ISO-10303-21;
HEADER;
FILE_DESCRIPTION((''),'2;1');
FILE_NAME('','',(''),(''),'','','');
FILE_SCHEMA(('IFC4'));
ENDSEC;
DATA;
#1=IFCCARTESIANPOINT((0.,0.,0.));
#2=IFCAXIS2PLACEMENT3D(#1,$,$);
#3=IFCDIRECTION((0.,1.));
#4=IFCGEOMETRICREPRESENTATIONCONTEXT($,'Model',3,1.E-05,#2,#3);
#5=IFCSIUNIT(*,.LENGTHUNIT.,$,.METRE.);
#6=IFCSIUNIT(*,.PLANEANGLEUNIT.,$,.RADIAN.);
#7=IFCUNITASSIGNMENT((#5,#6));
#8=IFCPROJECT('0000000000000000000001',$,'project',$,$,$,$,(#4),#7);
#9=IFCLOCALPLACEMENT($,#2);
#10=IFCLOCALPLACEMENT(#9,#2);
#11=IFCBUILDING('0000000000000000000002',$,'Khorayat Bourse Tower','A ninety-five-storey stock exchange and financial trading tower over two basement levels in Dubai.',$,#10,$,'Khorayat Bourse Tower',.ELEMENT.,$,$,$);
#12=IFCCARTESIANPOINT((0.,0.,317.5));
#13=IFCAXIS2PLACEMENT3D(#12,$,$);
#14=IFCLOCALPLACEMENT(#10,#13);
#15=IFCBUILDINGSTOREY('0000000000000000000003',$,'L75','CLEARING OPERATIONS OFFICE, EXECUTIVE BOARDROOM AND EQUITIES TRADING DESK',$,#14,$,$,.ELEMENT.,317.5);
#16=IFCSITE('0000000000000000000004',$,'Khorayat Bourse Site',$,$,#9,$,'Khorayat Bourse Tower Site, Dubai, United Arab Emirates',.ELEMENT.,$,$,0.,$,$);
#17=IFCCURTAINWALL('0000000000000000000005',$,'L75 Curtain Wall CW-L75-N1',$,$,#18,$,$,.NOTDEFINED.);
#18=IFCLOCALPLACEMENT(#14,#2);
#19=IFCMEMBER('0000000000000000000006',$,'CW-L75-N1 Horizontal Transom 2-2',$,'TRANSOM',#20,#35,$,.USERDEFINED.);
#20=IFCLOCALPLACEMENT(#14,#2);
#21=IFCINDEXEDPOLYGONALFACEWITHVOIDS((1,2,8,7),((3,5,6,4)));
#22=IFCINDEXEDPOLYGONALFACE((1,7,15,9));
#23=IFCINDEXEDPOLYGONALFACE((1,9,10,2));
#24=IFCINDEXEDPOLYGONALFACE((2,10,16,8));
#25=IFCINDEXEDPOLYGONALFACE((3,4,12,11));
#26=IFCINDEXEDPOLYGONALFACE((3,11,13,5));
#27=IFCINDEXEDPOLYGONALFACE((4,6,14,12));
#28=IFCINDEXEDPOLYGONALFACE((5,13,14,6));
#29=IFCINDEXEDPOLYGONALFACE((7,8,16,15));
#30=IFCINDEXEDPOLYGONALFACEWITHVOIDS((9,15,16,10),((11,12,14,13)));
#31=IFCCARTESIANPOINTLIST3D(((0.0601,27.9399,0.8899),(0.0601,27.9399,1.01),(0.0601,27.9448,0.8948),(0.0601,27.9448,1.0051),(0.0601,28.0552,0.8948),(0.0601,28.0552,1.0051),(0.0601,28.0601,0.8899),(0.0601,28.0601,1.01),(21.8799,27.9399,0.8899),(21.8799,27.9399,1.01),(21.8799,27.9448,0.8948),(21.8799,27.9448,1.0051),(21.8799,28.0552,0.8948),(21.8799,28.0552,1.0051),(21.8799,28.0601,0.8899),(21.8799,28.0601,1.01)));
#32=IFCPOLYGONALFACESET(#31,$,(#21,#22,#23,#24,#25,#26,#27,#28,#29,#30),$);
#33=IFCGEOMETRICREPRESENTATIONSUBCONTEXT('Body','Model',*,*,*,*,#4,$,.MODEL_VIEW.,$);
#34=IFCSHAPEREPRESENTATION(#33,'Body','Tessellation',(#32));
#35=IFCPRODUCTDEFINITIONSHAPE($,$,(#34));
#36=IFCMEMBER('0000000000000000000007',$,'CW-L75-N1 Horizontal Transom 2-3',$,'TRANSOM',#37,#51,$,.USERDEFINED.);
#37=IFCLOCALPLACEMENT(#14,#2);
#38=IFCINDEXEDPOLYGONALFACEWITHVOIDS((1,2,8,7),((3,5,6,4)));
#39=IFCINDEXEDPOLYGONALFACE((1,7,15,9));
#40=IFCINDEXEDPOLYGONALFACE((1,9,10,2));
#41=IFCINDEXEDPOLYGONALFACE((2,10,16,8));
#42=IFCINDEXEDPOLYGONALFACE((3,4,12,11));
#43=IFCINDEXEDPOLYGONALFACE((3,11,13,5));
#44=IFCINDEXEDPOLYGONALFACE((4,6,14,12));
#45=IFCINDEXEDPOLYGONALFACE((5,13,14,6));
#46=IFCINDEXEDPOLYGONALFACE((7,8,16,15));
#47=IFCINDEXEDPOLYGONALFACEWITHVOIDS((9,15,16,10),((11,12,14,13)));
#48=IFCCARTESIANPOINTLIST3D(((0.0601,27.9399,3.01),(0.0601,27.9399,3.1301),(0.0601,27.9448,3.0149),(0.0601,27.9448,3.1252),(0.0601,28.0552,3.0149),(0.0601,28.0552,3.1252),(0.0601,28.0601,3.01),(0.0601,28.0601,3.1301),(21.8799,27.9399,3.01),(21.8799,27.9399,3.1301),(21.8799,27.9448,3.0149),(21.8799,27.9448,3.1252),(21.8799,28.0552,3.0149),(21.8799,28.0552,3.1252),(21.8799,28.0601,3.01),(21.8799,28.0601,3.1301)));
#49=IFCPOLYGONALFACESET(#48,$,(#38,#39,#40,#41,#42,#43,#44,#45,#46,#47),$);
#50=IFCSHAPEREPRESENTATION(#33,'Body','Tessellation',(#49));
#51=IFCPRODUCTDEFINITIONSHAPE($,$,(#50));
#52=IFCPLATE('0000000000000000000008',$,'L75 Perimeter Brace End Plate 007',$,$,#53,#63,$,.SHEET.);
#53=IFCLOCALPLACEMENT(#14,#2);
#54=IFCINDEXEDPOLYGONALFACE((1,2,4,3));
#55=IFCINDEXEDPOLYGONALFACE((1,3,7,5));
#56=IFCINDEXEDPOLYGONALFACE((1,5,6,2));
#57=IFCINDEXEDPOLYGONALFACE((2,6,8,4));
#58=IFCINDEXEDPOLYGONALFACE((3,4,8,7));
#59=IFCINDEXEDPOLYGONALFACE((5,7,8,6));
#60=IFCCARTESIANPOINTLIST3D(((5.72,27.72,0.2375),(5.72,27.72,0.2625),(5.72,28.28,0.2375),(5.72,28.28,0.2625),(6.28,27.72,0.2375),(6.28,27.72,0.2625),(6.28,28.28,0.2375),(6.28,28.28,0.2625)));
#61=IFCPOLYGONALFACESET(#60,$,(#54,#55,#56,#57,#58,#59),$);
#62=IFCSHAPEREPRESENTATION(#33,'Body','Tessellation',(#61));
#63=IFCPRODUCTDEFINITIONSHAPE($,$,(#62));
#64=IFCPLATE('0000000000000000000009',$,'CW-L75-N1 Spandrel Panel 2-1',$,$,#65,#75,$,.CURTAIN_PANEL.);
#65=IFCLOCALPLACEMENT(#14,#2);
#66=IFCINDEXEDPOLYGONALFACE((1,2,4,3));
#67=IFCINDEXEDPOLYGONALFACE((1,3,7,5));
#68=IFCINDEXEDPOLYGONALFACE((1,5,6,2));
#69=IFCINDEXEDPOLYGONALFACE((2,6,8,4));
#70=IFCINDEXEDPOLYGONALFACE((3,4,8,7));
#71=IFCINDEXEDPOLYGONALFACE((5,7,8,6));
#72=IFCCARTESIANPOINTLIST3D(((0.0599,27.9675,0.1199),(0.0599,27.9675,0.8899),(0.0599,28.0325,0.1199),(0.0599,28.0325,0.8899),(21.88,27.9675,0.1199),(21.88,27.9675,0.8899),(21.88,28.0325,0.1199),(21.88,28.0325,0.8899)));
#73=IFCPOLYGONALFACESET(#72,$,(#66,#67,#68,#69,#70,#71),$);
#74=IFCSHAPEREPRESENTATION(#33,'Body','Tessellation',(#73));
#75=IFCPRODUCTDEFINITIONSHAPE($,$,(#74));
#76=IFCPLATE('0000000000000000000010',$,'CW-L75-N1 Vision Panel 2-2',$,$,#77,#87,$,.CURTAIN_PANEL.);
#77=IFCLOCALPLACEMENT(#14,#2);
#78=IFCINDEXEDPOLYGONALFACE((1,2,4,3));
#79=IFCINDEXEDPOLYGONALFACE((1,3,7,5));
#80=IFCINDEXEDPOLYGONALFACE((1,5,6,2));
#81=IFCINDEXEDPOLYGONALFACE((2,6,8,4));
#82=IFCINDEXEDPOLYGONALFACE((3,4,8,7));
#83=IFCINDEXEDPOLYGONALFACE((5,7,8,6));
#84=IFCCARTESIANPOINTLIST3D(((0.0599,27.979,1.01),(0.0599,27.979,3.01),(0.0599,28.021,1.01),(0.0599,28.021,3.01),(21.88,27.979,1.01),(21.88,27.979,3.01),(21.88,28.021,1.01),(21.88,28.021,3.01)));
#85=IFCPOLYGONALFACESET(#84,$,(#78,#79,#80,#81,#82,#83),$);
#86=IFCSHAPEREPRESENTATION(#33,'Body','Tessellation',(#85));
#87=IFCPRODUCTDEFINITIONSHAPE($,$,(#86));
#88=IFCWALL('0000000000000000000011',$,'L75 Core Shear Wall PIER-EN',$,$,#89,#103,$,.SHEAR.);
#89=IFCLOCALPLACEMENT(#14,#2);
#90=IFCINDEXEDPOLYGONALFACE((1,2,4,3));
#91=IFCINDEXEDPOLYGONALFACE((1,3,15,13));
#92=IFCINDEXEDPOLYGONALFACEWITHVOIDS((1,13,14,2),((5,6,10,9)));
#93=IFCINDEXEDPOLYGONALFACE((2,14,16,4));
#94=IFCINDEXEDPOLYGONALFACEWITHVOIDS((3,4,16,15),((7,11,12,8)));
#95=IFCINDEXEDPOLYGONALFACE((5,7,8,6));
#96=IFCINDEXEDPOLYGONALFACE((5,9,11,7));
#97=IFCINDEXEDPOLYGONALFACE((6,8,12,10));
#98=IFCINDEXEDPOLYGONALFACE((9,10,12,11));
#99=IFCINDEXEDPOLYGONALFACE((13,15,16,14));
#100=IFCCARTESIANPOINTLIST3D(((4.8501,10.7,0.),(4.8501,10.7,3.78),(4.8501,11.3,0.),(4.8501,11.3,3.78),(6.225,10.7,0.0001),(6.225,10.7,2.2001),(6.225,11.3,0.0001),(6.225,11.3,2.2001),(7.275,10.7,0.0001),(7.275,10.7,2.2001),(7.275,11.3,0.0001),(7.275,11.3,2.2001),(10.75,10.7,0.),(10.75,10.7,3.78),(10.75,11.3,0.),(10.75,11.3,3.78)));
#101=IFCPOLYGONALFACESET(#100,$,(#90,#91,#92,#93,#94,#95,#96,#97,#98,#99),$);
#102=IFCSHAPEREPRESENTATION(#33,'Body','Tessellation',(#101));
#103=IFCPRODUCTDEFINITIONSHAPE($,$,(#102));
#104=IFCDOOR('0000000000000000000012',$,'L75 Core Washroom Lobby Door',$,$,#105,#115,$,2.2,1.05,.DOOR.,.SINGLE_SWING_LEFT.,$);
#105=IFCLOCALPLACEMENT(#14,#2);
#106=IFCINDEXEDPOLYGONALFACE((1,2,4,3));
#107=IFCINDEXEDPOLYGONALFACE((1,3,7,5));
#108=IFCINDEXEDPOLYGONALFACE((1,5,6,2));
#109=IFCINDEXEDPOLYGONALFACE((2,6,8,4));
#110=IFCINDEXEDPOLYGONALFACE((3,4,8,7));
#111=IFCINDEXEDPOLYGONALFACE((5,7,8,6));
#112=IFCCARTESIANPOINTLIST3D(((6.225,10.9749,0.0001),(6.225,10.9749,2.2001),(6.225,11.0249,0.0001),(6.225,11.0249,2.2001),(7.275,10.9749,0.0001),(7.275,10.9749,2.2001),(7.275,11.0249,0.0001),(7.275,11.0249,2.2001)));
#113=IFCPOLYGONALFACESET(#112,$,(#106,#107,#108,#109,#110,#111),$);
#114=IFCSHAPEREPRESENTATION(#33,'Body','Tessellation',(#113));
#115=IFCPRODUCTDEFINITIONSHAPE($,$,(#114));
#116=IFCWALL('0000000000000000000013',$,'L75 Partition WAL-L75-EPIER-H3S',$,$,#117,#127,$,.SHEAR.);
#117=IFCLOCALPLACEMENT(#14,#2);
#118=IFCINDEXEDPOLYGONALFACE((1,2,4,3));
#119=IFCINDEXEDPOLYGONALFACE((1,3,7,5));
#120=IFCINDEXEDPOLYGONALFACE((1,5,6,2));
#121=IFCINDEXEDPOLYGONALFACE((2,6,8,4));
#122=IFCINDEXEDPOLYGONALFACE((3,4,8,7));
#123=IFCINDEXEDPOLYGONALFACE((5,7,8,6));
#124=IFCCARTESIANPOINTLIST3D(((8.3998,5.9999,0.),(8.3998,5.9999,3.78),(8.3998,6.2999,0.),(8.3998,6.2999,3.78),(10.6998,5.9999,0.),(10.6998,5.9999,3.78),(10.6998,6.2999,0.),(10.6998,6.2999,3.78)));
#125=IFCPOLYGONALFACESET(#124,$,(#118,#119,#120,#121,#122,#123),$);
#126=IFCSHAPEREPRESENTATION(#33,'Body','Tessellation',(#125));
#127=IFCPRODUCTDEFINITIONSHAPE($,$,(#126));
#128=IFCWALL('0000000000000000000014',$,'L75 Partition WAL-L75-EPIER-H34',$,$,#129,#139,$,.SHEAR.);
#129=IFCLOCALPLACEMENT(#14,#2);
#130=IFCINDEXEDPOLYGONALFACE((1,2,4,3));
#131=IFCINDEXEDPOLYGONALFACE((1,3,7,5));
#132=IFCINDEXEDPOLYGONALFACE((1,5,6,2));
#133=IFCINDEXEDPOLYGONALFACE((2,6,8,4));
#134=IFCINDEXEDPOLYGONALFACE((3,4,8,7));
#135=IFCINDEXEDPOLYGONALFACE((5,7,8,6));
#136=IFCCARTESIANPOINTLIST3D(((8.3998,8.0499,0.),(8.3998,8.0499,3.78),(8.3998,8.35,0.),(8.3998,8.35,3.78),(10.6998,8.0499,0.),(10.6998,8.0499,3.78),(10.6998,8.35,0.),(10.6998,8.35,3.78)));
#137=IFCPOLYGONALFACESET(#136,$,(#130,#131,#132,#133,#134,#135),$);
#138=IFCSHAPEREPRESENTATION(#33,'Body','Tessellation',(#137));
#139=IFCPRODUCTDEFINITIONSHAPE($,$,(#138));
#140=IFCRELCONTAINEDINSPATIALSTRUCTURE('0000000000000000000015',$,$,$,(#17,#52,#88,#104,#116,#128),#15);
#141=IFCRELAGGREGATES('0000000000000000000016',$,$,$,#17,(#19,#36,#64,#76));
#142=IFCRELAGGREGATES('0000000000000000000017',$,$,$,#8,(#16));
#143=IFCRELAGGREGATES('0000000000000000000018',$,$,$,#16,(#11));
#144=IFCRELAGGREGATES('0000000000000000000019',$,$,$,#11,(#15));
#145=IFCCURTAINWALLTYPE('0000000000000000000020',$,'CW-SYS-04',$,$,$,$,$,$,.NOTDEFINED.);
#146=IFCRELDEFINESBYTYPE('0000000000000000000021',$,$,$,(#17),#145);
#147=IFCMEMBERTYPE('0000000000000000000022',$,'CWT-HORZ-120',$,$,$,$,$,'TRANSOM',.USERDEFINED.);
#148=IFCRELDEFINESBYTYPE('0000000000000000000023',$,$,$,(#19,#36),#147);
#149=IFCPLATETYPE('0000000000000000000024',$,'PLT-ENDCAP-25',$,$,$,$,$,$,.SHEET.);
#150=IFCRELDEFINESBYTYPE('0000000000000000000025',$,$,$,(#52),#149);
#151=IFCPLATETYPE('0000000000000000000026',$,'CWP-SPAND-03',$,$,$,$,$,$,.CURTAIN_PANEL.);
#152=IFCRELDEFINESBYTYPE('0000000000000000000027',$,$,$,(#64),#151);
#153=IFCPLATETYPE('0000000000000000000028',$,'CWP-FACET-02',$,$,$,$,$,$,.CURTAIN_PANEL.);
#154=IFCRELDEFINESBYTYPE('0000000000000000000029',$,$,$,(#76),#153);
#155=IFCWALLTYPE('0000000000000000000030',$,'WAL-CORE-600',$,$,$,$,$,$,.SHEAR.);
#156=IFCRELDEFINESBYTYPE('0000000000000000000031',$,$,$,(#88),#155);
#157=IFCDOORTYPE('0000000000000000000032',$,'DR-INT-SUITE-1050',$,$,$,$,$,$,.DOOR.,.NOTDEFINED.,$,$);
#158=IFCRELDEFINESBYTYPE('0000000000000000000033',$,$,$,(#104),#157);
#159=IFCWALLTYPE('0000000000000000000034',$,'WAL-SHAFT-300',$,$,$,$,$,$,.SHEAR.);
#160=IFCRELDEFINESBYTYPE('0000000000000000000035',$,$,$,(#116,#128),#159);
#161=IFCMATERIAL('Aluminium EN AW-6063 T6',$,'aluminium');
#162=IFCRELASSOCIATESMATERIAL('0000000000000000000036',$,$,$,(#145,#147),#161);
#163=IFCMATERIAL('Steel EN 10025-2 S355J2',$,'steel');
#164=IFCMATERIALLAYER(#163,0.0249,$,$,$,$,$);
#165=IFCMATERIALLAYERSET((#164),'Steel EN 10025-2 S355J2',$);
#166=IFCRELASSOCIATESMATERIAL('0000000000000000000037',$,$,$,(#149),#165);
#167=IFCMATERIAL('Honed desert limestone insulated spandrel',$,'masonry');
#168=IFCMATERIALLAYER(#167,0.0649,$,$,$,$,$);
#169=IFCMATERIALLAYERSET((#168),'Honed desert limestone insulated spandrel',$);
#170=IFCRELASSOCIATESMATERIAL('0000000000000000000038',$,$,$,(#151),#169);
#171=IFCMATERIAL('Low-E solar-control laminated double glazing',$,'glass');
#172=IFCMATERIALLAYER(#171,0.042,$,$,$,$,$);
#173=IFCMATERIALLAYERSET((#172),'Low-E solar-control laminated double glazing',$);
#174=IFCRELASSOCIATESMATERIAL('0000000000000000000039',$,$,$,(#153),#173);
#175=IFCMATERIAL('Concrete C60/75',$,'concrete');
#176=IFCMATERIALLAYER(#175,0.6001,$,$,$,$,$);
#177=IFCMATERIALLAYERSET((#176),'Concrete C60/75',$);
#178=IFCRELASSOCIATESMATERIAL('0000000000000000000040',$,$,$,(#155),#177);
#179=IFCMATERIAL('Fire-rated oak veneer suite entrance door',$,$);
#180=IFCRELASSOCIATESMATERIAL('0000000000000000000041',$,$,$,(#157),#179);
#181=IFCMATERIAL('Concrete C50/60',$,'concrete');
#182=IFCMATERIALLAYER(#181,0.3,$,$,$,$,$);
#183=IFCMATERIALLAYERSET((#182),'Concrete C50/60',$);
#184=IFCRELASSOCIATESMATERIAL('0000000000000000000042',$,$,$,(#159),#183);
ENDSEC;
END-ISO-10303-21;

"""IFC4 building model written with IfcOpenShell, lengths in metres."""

from ifc_helpers import new_model, si_unit, direction, frame, frame_2d, origin, origin_2d, place, context, subcontext, project, spatial, rectangle, hollow_rectangle, extrude, source, transform, mapped, material, layer, layer_set, material_profile, profile_set, type_object, element, fill, aggregate, save


model = new_model("IFC4")

# Units and contexts
model_context = context("Model", 3, precision=1e-05, world=origin(), true_north=direction((0.0, 1.0)))
body_context = subcontext(model_context, "Body", "Model", "MODEL_VIEW")
ifc_project = project(units=[si_unit("LENGTHUNIT", "METRE"), si_unit("PLANEANGLEUNIT", "RADIAN")], contexts=[model_context])

# Site, building, storey
site_placement = place(None, origin())
site = spatial("IfcSite", under=ifc_project, at=site_placement, Name="Khorayat Bourse Site", LongName="Khorayat Bourse Tower Site, Dubai, United Arab Emirates", CompositionType="ELEMENT", RefElevation=0.0)
building_placement = place(site_placement, origin())
building = spatial("IfcBuilding", under=site, at=building_placement, Name="Khorayat Bourse Tower", Description="A ninety-five-storey stock exchange and financial trading tower over two basement levels in Dubai.", LongName="Khorayat Bourse Tower", CompositionType="ELEMENT")
storey_placement = place(building_placement, frame((0.0, 0.0, 317.5)))
storey = spatial("IfcBuildingStorey", under=building, at=storey_placement, Name="L75", Description="CLEARING OPERATIONS OFFICE, EXECUTIVE BOARDROOM AND EQUITIES TRADING DESK", CompositionType="ELEMENT", Elevation=317.5)

# Shared definitions
ifc_material_1 = material(Name="Concrete C60/75", Category="concrete")

# Curtain wall, members
ifc_material_2 = material(Name="Aluminium EN AW-6063 T6", Category="aluminium")
curtain_wall_type = type_object("IfcCurtainWallType", Name="CW-SYS-04", PredefinedType="NOTDEFINED", material=ifc_material_2)
curtain_wall_placement = place(storey_placement, origin())
curtain_wall = element("IfcCurtainWall", 1, at=curtain_wall_placement, inside=storey, type_object=curtain_wall_type, Name="L75 Curtain Wall CW-L75-N1", PredefinedType="NOTDEFINED")
ifc_material_profile_1 = material_profile(ifc_material_2, hollow_rectangle(XDim=0.1201, YDim=0.1201, WallThickness=0.0049, at=origin_2d()), Name="ALU 120x120x5")
ifc_profile_set_1 = profile_set([ifc_material_profile_1], Name="Aluminium EN AW-6063 T6")
member_type_1 = type_object("IfcMemberType", Name="CWT-HORZ-120", ElementType="TRANSOM", PredefinedType="USERDEFINED", material=ifc_profile_set_1)
shared_shape_1 = source(origin(), body_context, "Body", "SweptSolid", [
    extrude(hollow_rectangle(XDim=0.1201, YDim=0.1201, WallThickness=0.0049, at=origin_2d()), origin(), (0.0, 0.0, 1.0), 21.8198),
])
member_1_placement = place(storey_placement, frame((0.0601, 28.0, 0.95), z_axis=(1.0, 0.0, 0.0), x_axis=(0.0, 1.0, 0.0)))
member_1 = element("IfcMember", 2, at=member_1_placement, type_object=member_type_1, Name="CW-L75-N1 Horizontal Transom 2-2", ObjectType="TRANSOM", PredefinedType="USERDEFINED", context=body_context, shape_type="MappedRepresentation", body=[
    mapped(shared_shape_1, transform((0.0, 0.0, 0.0), scale=1.0)),
])
member_2_placement = place(storey_placement, frame((0.0601, 28.0, 3.0701), z_axis=(1.0, 0.0, 0.0), x_axis=(0.0, 1.0, 0.0)))
member_2 = element("IfcMember", 3, at=member_2_placement, type_object=member_type_1, Name="CW-L75-N1 Horizontal Transom 2-3", ObjectType="TRANSOM", PredefinedType="USERDEFINED", context=body_context, shape_type="MappedRepresentation", body=[
    mapped(shared_shape_1, transform((0.0, 0.0, 0.0), scale=1.0)),
])

# Plates
ifc_material_3 = material(Name="Steel EN 10025-2 S355J2", Category="steel")
ifc_layer_1 = layer(ifc_material_3, 0.0249)
ifc_layer_set_1 = layer_set([ifc_layer_1], Name="Steel EN 10025-2 S355J2")
plate_type_1 = type_object("IfcPlateType", Name="PLT-ENDCAP-25", PredefinedType="SHEET", material=ifc_layer_set_1)
shared_shape_2 = source(origin(), body_context, "Body", "SweptSolid", [
    extrude(rectangle(XDim=0.5601, YDim=0.5601, at=origin_2d()), origin(), (0.0, 0.0, 1.0), 0.0249),
])
plate_1_placement = place(storey_placement, frame((6.0, 28.0, 0.2375), z_axis=(0.0, 0.0, 1.0), x_axis=(1.0, 0.0, 0.0)))
element("IfcPlate", 4, at=plate_1_placement, inside=storey, type_object=plate_type_1, Name="L75 Perimeter Brace End Plate 007", PredefinedType="SHEET", context=body_context, shape_type="MappedRepresentation", body=[
    mapped(shared_shape_2, transform((0.0, 0.0, 0.0), scale=1.0)),
])
ifc_material_4 = material(Name="Honed desert limestone insulated spandrel", Category="masonry")
ifc_layer_2 = layer(ifc_material_4, 0.0649)
ifc_layer_set_2 = layer_set([ifc_layer_2], Name="Honed desert limestone insulated spandrel")
plate_type_2 = type_object("IfcPlateType", Name="CWP-SPAND-03", PredefinedType="CURTAIN_PANEL", material=ifc_layer_set_2)
shared_shape_3 = source(origin(), body_context, "Body", "SweptSolid", [
    extrude(rectangle(XDim=21.8201, YDim=0.0649, at=origin_2d()), origin(), (0.0, 0.0, 1.0), 0.77),
])
plate_2_placement = place(storey_placement, frame((10.97, 28.0, 0.1199), z_axis=(0.0, 0.0, 1.0), x_axis=(1.0, 0.0, 0.0)))
plate_2 = element("IfcPlate", 5, at=plate_2_placement, type_object=plate_type_2, Name="CW-L75-N1 Spandrel Panel 2-1", PredefinedType="CURTAIN_PANEL", context=body_context, shape_type="MappedRepresentation", body=[
    mapped(shared_shape_3, transform((0.0, 0.0, 0.0), scale=1.0)),
])
ifc_material_5 = material(Name="Low-E solar-control laminated double glazing", Category="glass")
ifc_layer_3 = layer(ifc_material_5, 0.042)
ifc_layer_set_3 = layer_set([ifc_layer_3], Name="Low-E solar-control laminated double glazing")
plate_type_3 = type_object("IfcPlateType", Name="CWP-FACET-02", PredefinedType="CURTAIN_PANEL", material=ifc_layer_set_3)
shared_shape_4 = source(origin(), body_context, "Body", "SweptSolid", [
    extrude(rectangle(XDim=21.8201, YDim=0.042, at=origin_2d()), origin(), (0.0, 0.0, 1.0), 2.0),
])
plate_3_placement = place(storey_placement, frame((10.97, 28.0, 1.01), z_axis=(0.0, 0.0, 1.0), x_axis=(1.0, 0.0, 0.0)))
plate_3 = element("IfcPlate", 6, at=plate_3_placement, type_object=plate_type_3, Name="CW-L75-N1 Vision Panel 2-2", PredefinedType="CURTAIN_PANEL", context=body_context, shape_type="MappedRepresentation", body=[
    mapped(shared_shape_4, transform((0.0, 0.0, 0.0), scale=1.0)),
])
aggregate(curtain_wall, [member_1, member_2, plate_2, plate_3])

# Wall, opening, door
ifc_layer_4 = layer(ifc_material_1, 0.6001)
ifc_layer_set_4 = layer_set([ifc_layer_4], Name="Concrete C60/75")
wall_type_1 = type_object("IfcWallType", Name="WAL-CORE-600", PredefinedType="SHEAR", material=ifc_layer_set_4)
shared_shape_5 = source(origin(), body_context, "Body", "SweptSolid", [
    extrude(rectangle(XDim=5.8999, YDim=0.6001, at=frame_2d((2.95, 0.0))), origin(), (0.0, 0.0, 1.0), 3.78),
])
wall_1_placement = place(storey_placement, frame((4.8501, 11.0, 0.0), z_axis=(0.0, 0.0, 1.0), x_axis=(1.0, 0.0, 0.0)))
wall_1 = element("IfcWall", 7, at=wall_1_placement, inside=storey, type_object=wall_type_1, Name="L75 Core Shear Wall PIER-EN", PredefinedType="SHEAR", context=body_context, shape_type="MappedRepresentation", body=[
    mapped(shared_shape_5, transform((0.0, 0.0, 0.0), scale=1.0)),
])
shared_shape_6 = source(origin(), body_context, "Body", "SweptSolid", [
    extrude(rectangle(XDim=1.05, YDim=2.2, at=frame_2d((0.5249, 1.1001))), frame((0.0, 0.3101, 0.0), z_axis=(0.0, -1.0, 0.0), x_axis=(1.0, 0.0, 0.0)), (0.0, 0.0, 1.0), 0.6201),
])
opening_1_placement = place(wall_1_placement, frame((1.375, 0.0, 0.0)))
opening_1 = element("IfcOpeningElement", 8, at=opening_1_placement, cuts=wall_1, PredefinedType="OPENING", context=body_context, shape_type="MappedRepresentation", body=[
    mapped(shared_shape_6, transform((0.0, 0.0, 0.0), scale=1.0)),
])
ifc_material_6 = material(Name="Fire-rated oak veneer suite entrance door")
door_type_1 = type_object("IfcDoorType", Name="DR-INT-SUITE-1050", OperationType="NOTDEFINED", PredefinedType="DOOR", material=ifc_material_6)
shared_shape_7 = source(origin(), body_context, "Body", "SweptSolid", [
    extrude(rectangle(XDim=1.05, YDim=2.2, at=frame_2d((0.5249, 1.1001))), frame((0.0, 0.0249, 0.0), z_axis=(0.0, -1.0, 0.0), x_axis=(1.0, 0.0, 0.0)), (0.0, 0.0, 1.0), 0.05),
])
door_1_placement = place(opening_1_placement, origin())
door_1 = element("IfcDoor", 9, at=door_1_placement, inside=storey, type_object=door_type_1, Name="L75 Core Washroom Lobby Door", OperationType="SINGLE_SWING_LEFT", OverallHeight=2.2, OverallWidth=1.05, PredefinedType="DOOR", context=body_context, shape_type="MappedRepresentation", body=[
    mapped(shared_shape_7, transform((0.0, 0.0, 0.0), scale=1.0)),
])
fill(opening_1, door_1)

# Walls
ifc_material_7 = material(Name="Concrete C50/60", Category="concrete")
ifc_layer_5 = layer(ifc_material_7, 0.3)
ifc_layer_set_5 = layer_set([ifc_layer_5], Name="Concrete C50/60")
wall_type_2 = type_object("IfcWallType", Name="WAL-SHAFT-300", PredefinedType="SHEAR", material=ifc_layer_set_5)
shared_shape_8 = source(origin(), body_context, "Body", "SweptSolid", [
    extrude(rectangle(XDim=2.3, YDim=0.3, at=frame_2d((1.1499, 0.0))), origin(), (0.0, 0.0, 1.0), 3.78),
])
for number, where, z_axis, x_axis, name in (
    (10, (8.3999, 6.1499, 0.0), (0.0, 0.0, 1.0), (1.0, 0.0, 0.0), "L75 Partition WAL-L75-EPIER-H3S"),
    (11, (8.3999, 8.2, 0.0), (0.0, 0.0, 1.0), (1.0, 0.0, 0.0), "L75 Partition WAL-L75-EPIER-H34"),
):
    element("IfcWall", number, at=place(storey_placement, frame(where, z_axis=z_axis, x_axis=x_axis)), inside=storey, type_object=wall_type_2, Name=name, PredefinedType="SHEAR", context=body_context, shape_type="MappedRepresentation", body=[
        mapped(shared_shape_8, transform((0.0, 0.0, 0.0), scale=1.0)),
    ])

save(model, "model.ifc")
